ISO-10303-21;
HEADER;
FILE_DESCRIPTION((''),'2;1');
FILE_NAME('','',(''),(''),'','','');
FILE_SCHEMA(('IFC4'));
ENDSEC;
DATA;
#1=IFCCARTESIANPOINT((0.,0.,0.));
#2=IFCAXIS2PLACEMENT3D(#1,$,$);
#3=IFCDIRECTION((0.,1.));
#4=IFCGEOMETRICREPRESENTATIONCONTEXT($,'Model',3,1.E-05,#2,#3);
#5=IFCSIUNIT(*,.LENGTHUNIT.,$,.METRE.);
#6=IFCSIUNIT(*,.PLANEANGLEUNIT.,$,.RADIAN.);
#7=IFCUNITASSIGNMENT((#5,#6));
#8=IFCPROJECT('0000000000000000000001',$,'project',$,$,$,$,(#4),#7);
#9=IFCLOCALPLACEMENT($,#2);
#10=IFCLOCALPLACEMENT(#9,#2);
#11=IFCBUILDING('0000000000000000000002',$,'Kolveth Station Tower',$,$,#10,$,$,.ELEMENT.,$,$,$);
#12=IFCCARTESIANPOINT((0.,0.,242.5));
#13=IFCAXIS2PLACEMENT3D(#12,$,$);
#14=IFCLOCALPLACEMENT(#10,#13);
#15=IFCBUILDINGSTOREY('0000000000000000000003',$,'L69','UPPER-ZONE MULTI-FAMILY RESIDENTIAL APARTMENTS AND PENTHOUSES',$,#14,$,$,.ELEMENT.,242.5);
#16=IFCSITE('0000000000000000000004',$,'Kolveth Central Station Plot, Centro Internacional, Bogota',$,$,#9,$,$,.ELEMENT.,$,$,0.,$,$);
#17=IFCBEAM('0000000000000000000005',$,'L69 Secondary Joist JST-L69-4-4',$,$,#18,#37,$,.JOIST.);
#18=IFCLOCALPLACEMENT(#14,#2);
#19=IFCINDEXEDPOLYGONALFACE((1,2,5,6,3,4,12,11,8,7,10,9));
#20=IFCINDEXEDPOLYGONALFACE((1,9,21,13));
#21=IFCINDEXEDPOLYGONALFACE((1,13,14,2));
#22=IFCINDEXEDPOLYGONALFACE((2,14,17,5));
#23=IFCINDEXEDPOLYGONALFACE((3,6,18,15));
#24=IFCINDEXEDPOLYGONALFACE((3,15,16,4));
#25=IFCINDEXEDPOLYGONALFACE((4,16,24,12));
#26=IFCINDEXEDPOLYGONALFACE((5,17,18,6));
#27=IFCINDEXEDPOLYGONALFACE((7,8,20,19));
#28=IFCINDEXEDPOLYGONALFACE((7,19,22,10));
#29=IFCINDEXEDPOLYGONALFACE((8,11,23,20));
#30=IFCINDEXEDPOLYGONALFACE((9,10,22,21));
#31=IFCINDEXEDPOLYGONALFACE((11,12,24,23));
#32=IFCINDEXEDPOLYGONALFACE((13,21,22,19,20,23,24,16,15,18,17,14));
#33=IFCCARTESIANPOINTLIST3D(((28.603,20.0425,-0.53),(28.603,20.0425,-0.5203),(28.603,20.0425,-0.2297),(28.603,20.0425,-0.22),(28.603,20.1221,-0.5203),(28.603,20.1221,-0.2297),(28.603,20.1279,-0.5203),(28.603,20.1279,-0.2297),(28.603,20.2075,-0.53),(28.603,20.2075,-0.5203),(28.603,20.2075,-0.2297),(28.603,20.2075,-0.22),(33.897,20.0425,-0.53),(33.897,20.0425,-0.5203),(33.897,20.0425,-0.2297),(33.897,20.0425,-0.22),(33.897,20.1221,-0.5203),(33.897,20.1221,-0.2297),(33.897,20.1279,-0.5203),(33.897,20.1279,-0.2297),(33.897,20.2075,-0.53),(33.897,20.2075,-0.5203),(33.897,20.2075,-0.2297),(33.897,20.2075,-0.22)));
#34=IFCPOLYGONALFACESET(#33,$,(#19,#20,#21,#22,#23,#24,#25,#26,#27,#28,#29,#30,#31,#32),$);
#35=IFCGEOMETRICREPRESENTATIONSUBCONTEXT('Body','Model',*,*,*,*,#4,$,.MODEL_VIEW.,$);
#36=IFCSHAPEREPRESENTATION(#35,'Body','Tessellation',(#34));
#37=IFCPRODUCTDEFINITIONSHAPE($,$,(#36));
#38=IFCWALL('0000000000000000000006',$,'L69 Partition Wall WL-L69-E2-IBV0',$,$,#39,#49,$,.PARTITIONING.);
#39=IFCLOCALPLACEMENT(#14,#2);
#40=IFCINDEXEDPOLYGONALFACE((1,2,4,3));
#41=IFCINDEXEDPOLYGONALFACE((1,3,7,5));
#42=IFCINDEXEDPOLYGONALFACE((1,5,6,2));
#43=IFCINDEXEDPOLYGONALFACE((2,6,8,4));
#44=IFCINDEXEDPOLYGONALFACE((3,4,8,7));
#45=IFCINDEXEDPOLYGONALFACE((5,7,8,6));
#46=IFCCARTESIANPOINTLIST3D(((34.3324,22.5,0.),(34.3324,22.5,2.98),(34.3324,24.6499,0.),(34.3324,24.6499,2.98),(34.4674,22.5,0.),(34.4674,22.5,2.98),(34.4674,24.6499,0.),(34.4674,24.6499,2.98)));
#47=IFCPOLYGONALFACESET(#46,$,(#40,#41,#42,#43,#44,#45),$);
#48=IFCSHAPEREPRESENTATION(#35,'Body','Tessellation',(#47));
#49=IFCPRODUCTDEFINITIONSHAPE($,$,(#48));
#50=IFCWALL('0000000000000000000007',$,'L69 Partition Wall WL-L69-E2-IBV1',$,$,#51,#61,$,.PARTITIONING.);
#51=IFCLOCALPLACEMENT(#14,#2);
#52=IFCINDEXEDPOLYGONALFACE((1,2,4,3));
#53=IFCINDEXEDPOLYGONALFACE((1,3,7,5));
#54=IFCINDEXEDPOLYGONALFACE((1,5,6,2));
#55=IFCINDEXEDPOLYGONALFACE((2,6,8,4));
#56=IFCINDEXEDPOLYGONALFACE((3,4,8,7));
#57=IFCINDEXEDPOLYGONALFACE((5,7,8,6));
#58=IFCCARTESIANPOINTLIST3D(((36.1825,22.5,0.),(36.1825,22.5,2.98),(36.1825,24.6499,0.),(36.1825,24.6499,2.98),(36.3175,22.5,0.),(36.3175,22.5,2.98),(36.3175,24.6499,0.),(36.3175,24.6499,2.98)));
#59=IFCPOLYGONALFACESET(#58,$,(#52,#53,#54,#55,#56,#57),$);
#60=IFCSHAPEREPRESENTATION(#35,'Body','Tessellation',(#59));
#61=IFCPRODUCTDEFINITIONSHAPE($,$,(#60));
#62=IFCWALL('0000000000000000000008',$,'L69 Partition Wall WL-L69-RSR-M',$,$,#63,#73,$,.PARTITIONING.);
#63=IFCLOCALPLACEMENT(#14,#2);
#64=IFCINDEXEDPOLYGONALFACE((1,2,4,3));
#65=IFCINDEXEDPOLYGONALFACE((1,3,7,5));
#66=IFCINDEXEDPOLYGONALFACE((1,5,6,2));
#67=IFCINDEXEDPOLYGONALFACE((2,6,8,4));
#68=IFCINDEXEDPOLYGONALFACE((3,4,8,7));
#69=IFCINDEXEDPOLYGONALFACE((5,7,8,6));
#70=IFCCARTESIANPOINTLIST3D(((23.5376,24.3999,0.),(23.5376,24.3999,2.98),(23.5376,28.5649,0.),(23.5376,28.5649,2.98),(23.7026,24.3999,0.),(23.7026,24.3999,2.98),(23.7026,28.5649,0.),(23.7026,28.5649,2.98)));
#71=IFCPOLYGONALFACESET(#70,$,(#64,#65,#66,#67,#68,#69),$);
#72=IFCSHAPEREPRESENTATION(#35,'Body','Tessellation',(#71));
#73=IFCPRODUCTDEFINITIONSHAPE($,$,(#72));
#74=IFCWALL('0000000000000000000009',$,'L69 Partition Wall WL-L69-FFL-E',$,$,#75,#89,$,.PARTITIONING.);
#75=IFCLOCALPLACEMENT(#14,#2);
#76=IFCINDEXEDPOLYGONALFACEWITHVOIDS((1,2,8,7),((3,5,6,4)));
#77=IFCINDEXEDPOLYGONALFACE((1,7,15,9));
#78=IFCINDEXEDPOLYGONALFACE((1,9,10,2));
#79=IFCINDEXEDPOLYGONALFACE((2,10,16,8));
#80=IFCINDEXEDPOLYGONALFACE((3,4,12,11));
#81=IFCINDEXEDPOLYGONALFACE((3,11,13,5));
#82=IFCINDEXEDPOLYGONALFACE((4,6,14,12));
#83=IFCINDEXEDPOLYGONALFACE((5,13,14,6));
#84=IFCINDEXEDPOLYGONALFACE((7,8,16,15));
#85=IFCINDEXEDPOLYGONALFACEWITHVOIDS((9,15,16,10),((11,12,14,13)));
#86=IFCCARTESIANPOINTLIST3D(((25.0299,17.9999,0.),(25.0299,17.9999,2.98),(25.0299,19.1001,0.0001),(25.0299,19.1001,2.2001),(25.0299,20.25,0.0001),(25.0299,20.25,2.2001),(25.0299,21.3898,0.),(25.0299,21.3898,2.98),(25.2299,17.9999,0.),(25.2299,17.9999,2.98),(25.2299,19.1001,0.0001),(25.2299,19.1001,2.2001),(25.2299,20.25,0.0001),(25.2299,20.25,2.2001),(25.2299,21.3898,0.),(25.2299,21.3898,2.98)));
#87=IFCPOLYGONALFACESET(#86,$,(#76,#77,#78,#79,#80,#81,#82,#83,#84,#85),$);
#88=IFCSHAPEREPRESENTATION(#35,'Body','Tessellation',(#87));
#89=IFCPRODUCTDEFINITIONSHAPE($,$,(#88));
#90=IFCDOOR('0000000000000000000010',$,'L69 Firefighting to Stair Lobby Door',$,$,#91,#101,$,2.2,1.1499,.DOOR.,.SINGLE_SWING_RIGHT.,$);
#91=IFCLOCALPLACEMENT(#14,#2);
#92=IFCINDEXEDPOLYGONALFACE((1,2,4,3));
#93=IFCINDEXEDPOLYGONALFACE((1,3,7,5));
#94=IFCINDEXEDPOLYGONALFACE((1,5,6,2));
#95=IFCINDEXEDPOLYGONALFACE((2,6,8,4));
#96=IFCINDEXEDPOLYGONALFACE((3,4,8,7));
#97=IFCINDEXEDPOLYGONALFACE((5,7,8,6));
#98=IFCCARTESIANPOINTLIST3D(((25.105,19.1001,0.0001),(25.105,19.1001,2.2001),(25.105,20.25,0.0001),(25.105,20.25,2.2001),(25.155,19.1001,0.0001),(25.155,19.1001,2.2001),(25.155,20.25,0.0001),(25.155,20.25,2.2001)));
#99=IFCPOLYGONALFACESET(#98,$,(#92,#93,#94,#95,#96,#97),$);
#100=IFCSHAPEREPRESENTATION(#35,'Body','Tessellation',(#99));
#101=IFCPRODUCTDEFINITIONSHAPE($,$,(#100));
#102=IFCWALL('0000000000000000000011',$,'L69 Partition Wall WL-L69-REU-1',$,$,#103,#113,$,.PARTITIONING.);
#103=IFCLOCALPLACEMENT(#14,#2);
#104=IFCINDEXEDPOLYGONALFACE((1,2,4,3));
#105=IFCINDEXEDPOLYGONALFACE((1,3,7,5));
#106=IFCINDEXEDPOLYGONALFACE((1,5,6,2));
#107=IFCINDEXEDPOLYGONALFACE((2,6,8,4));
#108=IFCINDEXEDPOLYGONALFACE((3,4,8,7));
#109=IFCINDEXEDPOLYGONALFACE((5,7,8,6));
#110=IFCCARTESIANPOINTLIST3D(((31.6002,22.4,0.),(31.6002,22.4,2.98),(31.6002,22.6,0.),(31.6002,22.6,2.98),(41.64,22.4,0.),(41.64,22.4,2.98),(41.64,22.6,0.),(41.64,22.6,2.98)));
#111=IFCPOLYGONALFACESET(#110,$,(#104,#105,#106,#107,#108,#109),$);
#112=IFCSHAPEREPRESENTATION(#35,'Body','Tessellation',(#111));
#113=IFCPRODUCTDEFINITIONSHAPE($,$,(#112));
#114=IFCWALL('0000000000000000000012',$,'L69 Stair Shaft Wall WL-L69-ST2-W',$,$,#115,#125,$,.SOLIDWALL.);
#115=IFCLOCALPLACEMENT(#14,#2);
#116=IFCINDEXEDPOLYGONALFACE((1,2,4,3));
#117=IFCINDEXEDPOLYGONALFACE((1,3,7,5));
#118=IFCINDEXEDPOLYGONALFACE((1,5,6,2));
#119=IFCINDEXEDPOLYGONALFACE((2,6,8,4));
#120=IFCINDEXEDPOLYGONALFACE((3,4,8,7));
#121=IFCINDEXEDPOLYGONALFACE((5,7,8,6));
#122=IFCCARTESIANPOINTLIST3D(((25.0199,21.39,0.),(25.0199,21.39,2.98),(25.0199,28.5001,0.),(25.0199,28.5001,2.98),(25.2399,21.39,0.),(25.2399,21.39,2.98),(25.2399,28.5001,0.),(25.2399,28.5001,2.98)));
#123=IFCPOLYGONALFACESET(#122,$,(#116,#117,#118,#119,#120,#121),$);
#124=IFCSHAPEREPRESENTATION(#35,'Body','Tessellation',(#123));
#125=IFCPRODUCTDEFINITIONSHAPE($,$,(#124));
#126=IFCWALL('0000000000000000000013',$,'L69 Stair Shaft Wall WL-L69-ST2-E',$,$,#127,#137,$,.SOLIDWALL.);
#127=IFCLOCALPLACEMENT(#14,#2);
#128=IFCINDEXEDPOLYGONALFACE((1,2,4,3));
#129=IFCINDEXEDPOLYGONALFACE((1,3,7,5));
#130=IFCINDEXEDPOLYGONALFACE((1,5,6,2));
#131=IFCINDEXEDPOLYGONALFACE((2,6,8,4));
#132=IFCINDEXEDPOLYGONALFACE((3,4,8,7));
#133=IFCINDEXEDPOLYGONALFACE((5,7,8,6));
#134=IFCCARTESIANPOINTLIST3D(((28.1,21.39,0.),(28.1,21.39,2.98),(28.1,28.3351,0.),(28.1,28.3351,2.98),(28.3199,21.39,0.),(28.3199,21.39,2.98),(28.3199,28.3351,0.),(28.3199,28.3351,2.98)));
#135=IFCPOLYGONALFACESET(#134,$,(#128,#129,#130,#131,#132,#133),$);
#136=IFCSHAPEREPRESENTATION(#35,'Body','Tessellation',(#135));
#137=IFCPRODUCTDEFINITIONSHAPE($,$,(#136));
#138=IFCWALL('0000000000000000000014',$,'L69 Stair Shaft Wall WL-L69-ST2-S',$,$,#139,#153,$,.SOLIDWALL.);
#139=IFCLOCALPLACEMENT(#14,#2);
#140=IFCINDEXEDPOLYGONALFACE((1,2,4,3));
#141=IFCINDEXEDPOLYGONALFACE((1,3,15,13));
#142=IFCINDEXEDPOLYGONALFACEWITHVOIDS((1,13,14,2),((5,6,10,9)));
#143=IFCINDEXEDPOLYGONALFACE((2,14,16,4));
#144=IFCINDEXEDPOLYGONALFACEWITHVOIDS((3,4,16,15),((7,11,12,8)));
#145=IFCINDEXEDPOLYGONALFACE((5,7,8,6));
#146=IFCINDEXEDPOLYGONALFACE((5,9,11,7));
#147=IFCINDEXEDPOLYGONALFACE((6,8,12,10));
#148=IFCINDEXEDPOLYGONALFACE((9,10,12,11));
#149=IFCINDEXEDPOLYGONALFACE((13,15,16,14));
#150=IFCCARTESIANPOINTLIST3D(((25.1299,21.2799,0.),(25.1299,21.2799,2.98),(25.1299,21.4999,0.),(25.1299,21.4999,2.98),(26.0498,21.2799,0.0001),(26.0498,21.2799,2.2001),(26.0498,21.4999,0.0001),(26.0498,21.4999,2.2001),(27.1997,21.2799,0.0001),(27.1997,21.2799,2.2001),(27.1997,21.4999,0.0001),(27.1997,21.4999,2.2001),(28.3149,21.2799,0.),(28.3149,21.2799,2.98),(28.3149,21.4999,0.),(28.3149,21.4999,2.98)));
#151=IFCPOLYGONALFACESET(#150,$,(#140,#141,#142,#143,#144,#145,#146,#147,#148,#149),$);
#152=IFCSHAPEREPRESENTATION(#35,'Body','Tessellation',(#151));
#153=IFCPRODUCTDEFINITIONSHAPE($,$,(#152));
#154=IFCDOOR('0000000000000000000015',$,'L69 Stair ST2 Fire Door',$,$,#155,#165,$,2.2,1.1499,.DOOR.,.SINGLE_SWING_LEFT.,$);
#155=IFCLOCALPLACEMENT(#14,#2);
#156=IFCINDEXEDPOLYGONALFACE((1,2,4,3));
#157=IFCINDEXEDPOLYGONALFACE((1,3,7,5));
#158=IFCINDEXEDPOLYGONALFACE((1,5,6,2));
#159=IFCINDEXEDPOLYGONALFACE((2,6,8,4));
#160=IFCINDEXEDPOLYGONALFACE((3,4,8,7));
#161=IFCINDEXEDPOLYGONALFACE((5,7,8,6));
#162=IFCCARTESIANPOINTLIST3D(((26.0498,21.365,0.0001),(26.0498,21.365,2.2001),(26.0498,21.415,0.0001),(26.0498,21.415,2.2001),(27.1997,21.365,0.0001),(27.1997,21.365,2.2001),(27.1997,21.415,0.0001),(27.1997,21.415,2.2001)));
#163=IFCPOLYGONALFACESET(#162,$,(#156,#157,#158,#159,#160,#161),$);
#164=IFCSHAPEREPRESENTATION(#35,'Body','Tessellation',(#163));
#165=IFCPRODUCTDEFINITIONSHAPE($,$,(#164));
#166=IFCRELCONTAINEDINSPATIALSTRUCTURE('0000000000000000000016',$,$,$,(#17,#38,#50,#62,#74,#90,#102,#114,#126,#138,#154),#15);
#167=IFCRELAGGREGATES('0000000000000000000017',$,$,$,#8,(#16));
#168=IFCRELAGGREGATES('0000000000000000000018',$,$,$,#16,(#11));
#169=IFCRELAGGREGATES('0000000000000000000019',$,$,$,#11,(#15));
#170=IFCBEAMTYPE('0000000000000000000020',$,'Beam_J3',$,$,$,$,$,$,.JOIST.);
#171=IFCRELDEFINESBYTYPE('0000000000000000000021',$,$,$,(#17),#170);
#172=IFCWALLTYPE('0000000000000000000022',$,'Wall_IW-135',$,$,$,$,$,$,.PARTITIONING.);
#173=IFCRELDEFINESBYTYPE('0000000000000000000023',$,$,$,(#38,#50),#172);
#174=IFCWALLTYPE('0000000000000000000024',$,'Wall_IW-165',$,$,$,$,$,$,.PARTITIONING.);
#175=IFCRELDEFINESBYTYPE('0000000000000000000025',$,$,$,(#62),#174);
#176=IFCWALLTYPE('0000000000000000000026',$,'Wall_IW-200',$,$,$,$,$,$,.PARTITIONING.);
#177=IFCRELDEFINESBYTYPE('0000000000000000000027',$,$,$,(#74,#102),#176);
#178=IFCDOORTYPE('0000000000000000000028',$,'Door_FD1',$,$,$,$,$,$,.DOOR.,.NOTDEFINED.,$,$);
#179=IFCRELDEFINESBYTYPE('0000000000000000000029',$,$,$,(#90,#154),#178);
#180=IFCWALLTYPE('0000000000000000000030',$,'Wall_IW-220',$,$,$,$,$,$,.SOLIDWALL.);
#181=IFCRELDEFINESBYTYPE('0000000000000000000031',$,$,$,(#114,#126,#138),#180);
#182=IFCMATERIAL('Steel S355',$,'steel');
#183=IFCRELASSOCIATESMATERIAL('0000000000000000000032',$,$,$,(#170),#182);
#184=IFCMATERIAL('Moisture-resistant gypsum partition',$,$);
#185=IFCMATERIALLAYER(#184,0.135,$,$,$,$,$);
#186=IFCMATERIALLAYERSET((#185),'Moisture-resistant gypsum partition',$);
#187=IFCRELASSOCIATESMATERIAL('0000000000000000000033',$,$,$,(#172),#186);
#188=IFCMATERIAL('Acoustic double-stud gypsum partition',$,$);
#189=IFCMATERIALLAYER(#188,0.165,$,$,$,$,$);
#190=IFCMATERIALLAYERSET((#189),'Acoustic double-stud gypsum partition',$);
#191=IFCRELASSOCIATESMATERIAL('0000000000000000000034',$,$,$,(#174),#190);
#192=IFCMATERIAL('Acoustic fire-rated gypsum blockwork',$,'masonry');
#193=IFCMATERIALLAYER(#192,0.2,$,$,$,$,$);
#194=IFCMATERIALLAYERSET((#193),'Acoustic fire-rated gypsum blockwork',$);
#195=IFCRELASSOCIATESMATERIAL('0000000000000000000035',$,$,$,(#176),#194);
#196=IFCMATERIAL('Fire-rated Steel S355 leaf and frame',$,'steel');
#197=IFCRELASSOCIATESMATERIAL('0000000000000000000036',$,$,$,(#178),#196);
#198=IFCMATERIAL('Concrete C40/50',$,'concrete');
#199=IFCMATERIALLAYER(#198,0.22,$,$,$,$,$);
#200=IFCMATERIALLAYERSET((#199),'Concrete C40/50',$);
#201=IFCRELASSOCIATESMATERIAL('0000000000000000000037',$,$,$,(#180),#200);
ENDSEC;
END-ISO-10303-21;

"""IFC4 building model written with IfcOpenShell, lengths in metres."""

from ifc_helpers import new_model, si_unit, direction, frame, frame_2d, origin, origin_2d, place, context, subcontext, project, spatial, rectangle, i_section, extrude, source, transform, mapped, material, layer, layer_set, material_profile, profile_set, type_object, element, fill, save


model = new_model("IFC4")

# Units and contexts
model_context = context("Model", 3, precision=1e-05, world=origin(), true_north=direction((0.0, 1.0)))
body_context = subcontext(model_context, "Body", "Model", "MODEL_VIEW")
ifc_project = project(units=[si_unit("LENGTHUNIT", "METRE"), si_unit("PLANEANGLEUNIT", "RADIAN")], contexts=[model_context])

# Site, building, storey
site_placement = place(None, origin())
site = spatial("IfcSite", under=ifc_project, at=site_placement, Name="Kolveth Central Station Plot, Centro Internacional, Bogota", CompositionType="ELEMENT", RefElevation=0.0)
building_placement = place(site_placement, origin())
building = spatial("IfcBuilding", under=site, at=building_placement, Name="Kolveth Station Tower", CompositionType="ELEMENT")
storey_placement = place(building_placement, frame((0.0, 0.0, 242.5)))
storey = spatial("IfcBuildingStorey", under=building, at=storey_placement, Name="L69", Description="UPPER-ZONE MULTI-FAMILY RESIDENTIAL APARTMENTS AND PENTHOUSES", CompositionType="ELEMENT", Elevation=242.5)

# Shared definitions
ifc_material_1 = material(Name="Steel S355", Category="steel")

# Beam
ifc_material_profile_1 = material_profile(ifc_material_1, i_section(OverallWidth=0.165, OverallDepth=0.3101, WebThickness=0.0059, FlangeThickness=0.0098, at=origin_2d()), Name="W310x39")
ifc_profile_set_1 = profile_set([ifc_material_profile_1], Name="Steel S355")
beam_type_1 = type_object("IfcBeamType", Name="Beam_J3", PredefinedType="JOIST", material=ifc_profile_set_1)
shared_shape_1 = source(origin(), body_context, "Body", "SweptSolid", [
    extrude(i_section(OverallWidth=0.165, OverallDepth=0.3101, WebThickness=0.0059, FlangeThickness=0.0098, at=origin_2d()), origin(), (0.0, 0.0, 1.0), 5.2939),
])
beam_1_placement = place(storey_placement, frame((28.603, 20.125, -0.375), z_axis=(1.0, 0.0, 0.0), x_axis=(0.0, 1.0, 0.0)))
element("IfcBeam", 1, at=beam_1_placement, inside=storey, type_object=beam_type_1, Name="L69 Secondary Joist JST-L69-4-4", PredefinedType="JOIST", context=body_context, shape_type="MappedRepresentation", body=[
    mapped(shared_shape_1, transform((0.0, 0.0, 0.0), x_axis=(1.0, 0.0, 0.0), y_axis=(0.0, 1.0, 0.0), z_axis=(0.0, 0.0, 1.0), scale=1.0)),
])

# Walls
ifc_material_2 = material(Name="Moisture-resistant gypsum partition")
ifc_layer_1 = layer(ifc_material_2, 0.135)
ifc_layer_set_1 = layer_set([ifc_layer_1], Name="Moisture-resistant gypsum partition")
wall_type_1 = type_object("IfcWallType", Name="Wall_IW-135", PredefinedType="PARTITIONING", material=ifc_layer_set_1)
for number, where, z_axis, x_axis, name in (
    (2, (34.3999, 22.5, 0.0), (0.0, 0.0, 1.0), (0.0, 1.0, 0.0), "L69 Partition Wall WL-L69-E2-IBV0"),
    (3, (36.25, 22.5, 0.0), (0.0, 0.0, 1.0), (0.0, 1.0, 0.0), "L69 Partition Wall WL-L69-E2-IBV1"),
):
    element("IfcWall", number, at=place(storey_placement, frame(where, z_axis=z_axis, x_axis=x_axis)), inside=storey, type_object=wall_type_1, Name=name, PredefinedType="PARTITIONING", context=body_context, shape_type="SweptSolid", body=[
        extrude(rectangle(XDim=2.1499, YDim=0.135, at=frame_2d((1.075, 0.0))), origin(), (0.0, 0.0, 1.0), 2.98),
    ])
ifc_material_3 = material(Name="Acoustic double-stud gypsum partition")
ifc_layer_2 = layer(ifc_material_3, 0.165)
ifc_layer_set_2 = layer_set([ifc_layer_2], Name="Acoustic double-stud gypsum partition")
wall_type_2 = type_object("IfcWallType", Name="Wall_IW-165", PredefinedType="PARTITIONING", material=ifc_layer_set_2)
wall_1_placement = place(storey_placement, frame((23.6201, 24.3999, 0.0), z_axis=(0.0, 0.0, 1.0), x_axis=(0.0, 1.0, 0.0)))
element("IfcWall", 4, at=wall_1_placement, inside=storey, type_object=wall_type_2, Name="L69 Partition Wall WL-L69-RSR-M", PredefinedType="PARTITIONING", context=body_context, shape_type="SweptSolid", body=[
    extrude(rectangle(XDim=4.165, YDim=0.165, at=frame_2d((2.0825, 0.0))), origin(), (0.0, 0.0, 1.0), 2.98),
])

# Wall, opening, door
ifc_material_4 = material(Name="Acoustic fire-rated gypsum blockwork", Category="masonry")
ifc_layer_3 = layer(ifc_material_4, 0.2)
ifc_layer_set_3 = layer_set([ifc_layer_3], Name="Acoustic fire-rated gypsum blockwork")
wall_type_3 = type_object("IfcWallType", Name="Wall_IW-200", PredefinedType="PARTITIONING", material=ifc_layer_set_3)
wall_2_placement = place(storey_placement, frame((25.1299, 18.0, 0.0), z_axis=(0.0, 0.0, 1.0), x_axis=(0.0, 1.0, 0.0)))
wall_2 = element("IfcWall", 5, at=wall_2_placement, inside=storey, type_object=wall_type_3, Name="L69 Partition Wall WL-L69-FFL-E", PredefinedType="PARTITIONING", context=body_context, shape_type="SweptSolid", body=[
    extrude(rectangle(XDim=3.3899, YDim=0.2, at=frame_2d((1.6948, 0.0))), origin(), (0.0, 0.0, 1.0), 2.98),
])
opening_1_placement = place(wall_2_placement, frame((1.1001, 0.0, 0.0)))
opening_1 = element("IfcOpeningElement", 6, at=opening_1_placement, cuts=wall_2, PredefinedType="OPENING", context=body_context, shape_type="SweptSolid", body=[
    extrude(rectangle(XDim=1.1499, YDim=2.2, at=frame_2d((0.575, 1.1001))), frame((0.0, 0.1099, 0.0), z_axis=(0.0, -1.0, 0.0), x_axis=(1.0, 0.0, 0.0)), (0.0, 0.0, 1.0), 0.22),
])
ifc_material_5 = material(Name="Fire-rated Steel S355 leaf and frame", Category="steel")
door_type = type_object("IfcDoorType", Name="Door_FD1", OperationType="NOTDEFINED", PredefinedType="DOOR", material=ifc_material_5)
door_1_placement = place(opening_1_placement, origin())
door_1 = element("IfcDoor", 7, at=door_1_placement, inside=storey, type_object=door_type, Name="L69 Firefighting to Stair Lobby Door", OperationType="SINGLE_SWING_RIGHT", OverallHeight=2.2, OverallWidth=1.1499, PredefinedType="DOOR", context=body_context, shape_type="SweptSolid", body=[
    extrude(rectangle(XDim=1.1499, YDim=2.2, at=frame_2d((0.575, 1.1001))), frame((0.0, 0.0249, 0.0), z_axis=(0.0, -1.0, 0.0), x_axis=(1.0, 0.0, 0.0)), (0.0, 0.0, 1.0), 0.05),
])
fill(opening_1, door_1)

# Walls
wall_3_placement = place(storey_placement, frame((31.6001, 22.5, 0.0), z_axis=(0.0, 0.0, 1.0), x_axis=(1.0, 0.0, 0.0)))
element("IfcWall", 8, at=wall_3_placement, inside=storey, type_object=wall_type_3, Name="L69 Partition Wall WL-L69-REU-1", PredefinedType="PARTITIONING", context=body_context, shape_type="SweptSolid", body=[
    extrude(rectangle(XDim=10.0398, YDim=0.2, at=frame_2d((5.02, 0.0))), origin(), (0.0, 0.0, 1.0), 2.98),
])
ifc_material_6 = material(Name="Concrete C40/50", Category="concrete")
ifc_layer_4 = layer(ifc_material_6, 0.22)
ifc_layer_set_4 = layer_set([ifc_layer_4], Name="Concrete C40/50")
wall_type_4 = type_object("IfcWallType", Name="Wall_IW-220", PredefinedType="SOLIDWALL", material=ifc_layer_set_4)
wall_4_placement = place(storey_placement, frame((25.1299, 21.3899, 0.0), z_axis=(0.0, 0.0, 1.0), x_axis=(0.0, 1.0, 0.0)))
element("IfcWall", 9, at=wall_4_placement, inside=storey, type_object=wall_type_4, Name="L69 Stair Shaft Wall WL-L69-ST2-W", PredefinedType="SOLIDWALL", context=body_context, shape_type="SweptSolid", body=[
    extrude(rectangle(XDim=7.1101, YDim=0.22, at=frame_2d((3.5552, 0.0))), origin(), (0.0, 0.0, 1.0), 2.98),
])
wall_5_placement = place(storey_placement, frame((28.21, 21.3899, 0.0), z_axis=(0.0, 0.0, 1.0), x_axis=(0.0, 1.0, 0.0)))
element("IfcWall", 10, at=wall_5_placement, inside=storey, type_object=wall_type_4, Name="L69 Stair Shaft Wall WL-L69-ST2-E", PredefinedType="SOLIDWALL", context=body_context, shape_type="SweptSolid", body=[
    extrude(rectangle(XDim=6.9451, YDim=0.22, at=frame_2d((3.4727, 0.0))), origin(), (0.0, 0.0, 1.0), 2.98),
])

# Wall, opening, door
wall_6_placement = place(storey_placement, frame((25.1299, 21.3899, 0.0), z_axis=(0.0, 0.0, 1.0), x_axis=(1.0, 0.0, 0.0)))
wall_6 = element("IfcWall", 11, at=wall_6_placement, inside=storey, type_object=wall_type_4, Name="L69 Stair Shaft Wall WL-L69-ST2-S", PredefinedType="SOLIDWALL", context=body_context, shape_type="SweptSolid", body=[
    extrude(rectangle(XDim=3.1851, YDim=0.22, at=frame_2d((1.5925, 0.0))), origin(), (0.0, 0.0, 1.0), 2.98),
])
opening_2_placement = place(wall_6_placement, frame((0.9199, 0.0, 0.0)))
opening_2 = element("IfcOpeningElement", 12, at=opening_2_placement, cuts=wall_6, PredefinedType="OPENING", context=body_context, shape_type="SweptSolid", body=[
    extrude(rectangle(XDim=1.1499, YDim=2.2, at=frame_2d((0.575, 1.1001))), frame((0.0, 0.1199, 0.0), z_axis=(0.0, -1.0, 0.0), x_axis=(1.0, 0.0, 0.0)), (0.0, 0.0, 1.0), 0.24),
])
door_2_placement = place(opening_2_placement, frame((1.1499, 0.0, 0.0), z_axis=(0.0, 0.0, 1.0), x_axis=(-1.0, 0.0, 0.0)))
door_2 = element("IfcDoor", 13, at=door_2_placement, inside=storey, type_object=door_type, Name="L69 Stair ST2 Fire Door", OperationType="SINGLE_SWING_LEFT", OverallHeight=2.2, OverallWidth=1.1499, PredefinedType="DOOR", context=body_context, shape_type="SweptSolid", body=[
    extrude(rectangle(XDim=1.1499, YDim=2.2, at=frame_2d((0.575, 1.1001))), frame((0.0, 0.0249, 0.0), z_axis=(0.0, -1.0, 0.0), x_axis=(1.0, 0.0, 0.0)), (0.0, 0.0, 1.0), 0.05),
])
fill(opening_2, door_2)

save(model, "model.ifc")
